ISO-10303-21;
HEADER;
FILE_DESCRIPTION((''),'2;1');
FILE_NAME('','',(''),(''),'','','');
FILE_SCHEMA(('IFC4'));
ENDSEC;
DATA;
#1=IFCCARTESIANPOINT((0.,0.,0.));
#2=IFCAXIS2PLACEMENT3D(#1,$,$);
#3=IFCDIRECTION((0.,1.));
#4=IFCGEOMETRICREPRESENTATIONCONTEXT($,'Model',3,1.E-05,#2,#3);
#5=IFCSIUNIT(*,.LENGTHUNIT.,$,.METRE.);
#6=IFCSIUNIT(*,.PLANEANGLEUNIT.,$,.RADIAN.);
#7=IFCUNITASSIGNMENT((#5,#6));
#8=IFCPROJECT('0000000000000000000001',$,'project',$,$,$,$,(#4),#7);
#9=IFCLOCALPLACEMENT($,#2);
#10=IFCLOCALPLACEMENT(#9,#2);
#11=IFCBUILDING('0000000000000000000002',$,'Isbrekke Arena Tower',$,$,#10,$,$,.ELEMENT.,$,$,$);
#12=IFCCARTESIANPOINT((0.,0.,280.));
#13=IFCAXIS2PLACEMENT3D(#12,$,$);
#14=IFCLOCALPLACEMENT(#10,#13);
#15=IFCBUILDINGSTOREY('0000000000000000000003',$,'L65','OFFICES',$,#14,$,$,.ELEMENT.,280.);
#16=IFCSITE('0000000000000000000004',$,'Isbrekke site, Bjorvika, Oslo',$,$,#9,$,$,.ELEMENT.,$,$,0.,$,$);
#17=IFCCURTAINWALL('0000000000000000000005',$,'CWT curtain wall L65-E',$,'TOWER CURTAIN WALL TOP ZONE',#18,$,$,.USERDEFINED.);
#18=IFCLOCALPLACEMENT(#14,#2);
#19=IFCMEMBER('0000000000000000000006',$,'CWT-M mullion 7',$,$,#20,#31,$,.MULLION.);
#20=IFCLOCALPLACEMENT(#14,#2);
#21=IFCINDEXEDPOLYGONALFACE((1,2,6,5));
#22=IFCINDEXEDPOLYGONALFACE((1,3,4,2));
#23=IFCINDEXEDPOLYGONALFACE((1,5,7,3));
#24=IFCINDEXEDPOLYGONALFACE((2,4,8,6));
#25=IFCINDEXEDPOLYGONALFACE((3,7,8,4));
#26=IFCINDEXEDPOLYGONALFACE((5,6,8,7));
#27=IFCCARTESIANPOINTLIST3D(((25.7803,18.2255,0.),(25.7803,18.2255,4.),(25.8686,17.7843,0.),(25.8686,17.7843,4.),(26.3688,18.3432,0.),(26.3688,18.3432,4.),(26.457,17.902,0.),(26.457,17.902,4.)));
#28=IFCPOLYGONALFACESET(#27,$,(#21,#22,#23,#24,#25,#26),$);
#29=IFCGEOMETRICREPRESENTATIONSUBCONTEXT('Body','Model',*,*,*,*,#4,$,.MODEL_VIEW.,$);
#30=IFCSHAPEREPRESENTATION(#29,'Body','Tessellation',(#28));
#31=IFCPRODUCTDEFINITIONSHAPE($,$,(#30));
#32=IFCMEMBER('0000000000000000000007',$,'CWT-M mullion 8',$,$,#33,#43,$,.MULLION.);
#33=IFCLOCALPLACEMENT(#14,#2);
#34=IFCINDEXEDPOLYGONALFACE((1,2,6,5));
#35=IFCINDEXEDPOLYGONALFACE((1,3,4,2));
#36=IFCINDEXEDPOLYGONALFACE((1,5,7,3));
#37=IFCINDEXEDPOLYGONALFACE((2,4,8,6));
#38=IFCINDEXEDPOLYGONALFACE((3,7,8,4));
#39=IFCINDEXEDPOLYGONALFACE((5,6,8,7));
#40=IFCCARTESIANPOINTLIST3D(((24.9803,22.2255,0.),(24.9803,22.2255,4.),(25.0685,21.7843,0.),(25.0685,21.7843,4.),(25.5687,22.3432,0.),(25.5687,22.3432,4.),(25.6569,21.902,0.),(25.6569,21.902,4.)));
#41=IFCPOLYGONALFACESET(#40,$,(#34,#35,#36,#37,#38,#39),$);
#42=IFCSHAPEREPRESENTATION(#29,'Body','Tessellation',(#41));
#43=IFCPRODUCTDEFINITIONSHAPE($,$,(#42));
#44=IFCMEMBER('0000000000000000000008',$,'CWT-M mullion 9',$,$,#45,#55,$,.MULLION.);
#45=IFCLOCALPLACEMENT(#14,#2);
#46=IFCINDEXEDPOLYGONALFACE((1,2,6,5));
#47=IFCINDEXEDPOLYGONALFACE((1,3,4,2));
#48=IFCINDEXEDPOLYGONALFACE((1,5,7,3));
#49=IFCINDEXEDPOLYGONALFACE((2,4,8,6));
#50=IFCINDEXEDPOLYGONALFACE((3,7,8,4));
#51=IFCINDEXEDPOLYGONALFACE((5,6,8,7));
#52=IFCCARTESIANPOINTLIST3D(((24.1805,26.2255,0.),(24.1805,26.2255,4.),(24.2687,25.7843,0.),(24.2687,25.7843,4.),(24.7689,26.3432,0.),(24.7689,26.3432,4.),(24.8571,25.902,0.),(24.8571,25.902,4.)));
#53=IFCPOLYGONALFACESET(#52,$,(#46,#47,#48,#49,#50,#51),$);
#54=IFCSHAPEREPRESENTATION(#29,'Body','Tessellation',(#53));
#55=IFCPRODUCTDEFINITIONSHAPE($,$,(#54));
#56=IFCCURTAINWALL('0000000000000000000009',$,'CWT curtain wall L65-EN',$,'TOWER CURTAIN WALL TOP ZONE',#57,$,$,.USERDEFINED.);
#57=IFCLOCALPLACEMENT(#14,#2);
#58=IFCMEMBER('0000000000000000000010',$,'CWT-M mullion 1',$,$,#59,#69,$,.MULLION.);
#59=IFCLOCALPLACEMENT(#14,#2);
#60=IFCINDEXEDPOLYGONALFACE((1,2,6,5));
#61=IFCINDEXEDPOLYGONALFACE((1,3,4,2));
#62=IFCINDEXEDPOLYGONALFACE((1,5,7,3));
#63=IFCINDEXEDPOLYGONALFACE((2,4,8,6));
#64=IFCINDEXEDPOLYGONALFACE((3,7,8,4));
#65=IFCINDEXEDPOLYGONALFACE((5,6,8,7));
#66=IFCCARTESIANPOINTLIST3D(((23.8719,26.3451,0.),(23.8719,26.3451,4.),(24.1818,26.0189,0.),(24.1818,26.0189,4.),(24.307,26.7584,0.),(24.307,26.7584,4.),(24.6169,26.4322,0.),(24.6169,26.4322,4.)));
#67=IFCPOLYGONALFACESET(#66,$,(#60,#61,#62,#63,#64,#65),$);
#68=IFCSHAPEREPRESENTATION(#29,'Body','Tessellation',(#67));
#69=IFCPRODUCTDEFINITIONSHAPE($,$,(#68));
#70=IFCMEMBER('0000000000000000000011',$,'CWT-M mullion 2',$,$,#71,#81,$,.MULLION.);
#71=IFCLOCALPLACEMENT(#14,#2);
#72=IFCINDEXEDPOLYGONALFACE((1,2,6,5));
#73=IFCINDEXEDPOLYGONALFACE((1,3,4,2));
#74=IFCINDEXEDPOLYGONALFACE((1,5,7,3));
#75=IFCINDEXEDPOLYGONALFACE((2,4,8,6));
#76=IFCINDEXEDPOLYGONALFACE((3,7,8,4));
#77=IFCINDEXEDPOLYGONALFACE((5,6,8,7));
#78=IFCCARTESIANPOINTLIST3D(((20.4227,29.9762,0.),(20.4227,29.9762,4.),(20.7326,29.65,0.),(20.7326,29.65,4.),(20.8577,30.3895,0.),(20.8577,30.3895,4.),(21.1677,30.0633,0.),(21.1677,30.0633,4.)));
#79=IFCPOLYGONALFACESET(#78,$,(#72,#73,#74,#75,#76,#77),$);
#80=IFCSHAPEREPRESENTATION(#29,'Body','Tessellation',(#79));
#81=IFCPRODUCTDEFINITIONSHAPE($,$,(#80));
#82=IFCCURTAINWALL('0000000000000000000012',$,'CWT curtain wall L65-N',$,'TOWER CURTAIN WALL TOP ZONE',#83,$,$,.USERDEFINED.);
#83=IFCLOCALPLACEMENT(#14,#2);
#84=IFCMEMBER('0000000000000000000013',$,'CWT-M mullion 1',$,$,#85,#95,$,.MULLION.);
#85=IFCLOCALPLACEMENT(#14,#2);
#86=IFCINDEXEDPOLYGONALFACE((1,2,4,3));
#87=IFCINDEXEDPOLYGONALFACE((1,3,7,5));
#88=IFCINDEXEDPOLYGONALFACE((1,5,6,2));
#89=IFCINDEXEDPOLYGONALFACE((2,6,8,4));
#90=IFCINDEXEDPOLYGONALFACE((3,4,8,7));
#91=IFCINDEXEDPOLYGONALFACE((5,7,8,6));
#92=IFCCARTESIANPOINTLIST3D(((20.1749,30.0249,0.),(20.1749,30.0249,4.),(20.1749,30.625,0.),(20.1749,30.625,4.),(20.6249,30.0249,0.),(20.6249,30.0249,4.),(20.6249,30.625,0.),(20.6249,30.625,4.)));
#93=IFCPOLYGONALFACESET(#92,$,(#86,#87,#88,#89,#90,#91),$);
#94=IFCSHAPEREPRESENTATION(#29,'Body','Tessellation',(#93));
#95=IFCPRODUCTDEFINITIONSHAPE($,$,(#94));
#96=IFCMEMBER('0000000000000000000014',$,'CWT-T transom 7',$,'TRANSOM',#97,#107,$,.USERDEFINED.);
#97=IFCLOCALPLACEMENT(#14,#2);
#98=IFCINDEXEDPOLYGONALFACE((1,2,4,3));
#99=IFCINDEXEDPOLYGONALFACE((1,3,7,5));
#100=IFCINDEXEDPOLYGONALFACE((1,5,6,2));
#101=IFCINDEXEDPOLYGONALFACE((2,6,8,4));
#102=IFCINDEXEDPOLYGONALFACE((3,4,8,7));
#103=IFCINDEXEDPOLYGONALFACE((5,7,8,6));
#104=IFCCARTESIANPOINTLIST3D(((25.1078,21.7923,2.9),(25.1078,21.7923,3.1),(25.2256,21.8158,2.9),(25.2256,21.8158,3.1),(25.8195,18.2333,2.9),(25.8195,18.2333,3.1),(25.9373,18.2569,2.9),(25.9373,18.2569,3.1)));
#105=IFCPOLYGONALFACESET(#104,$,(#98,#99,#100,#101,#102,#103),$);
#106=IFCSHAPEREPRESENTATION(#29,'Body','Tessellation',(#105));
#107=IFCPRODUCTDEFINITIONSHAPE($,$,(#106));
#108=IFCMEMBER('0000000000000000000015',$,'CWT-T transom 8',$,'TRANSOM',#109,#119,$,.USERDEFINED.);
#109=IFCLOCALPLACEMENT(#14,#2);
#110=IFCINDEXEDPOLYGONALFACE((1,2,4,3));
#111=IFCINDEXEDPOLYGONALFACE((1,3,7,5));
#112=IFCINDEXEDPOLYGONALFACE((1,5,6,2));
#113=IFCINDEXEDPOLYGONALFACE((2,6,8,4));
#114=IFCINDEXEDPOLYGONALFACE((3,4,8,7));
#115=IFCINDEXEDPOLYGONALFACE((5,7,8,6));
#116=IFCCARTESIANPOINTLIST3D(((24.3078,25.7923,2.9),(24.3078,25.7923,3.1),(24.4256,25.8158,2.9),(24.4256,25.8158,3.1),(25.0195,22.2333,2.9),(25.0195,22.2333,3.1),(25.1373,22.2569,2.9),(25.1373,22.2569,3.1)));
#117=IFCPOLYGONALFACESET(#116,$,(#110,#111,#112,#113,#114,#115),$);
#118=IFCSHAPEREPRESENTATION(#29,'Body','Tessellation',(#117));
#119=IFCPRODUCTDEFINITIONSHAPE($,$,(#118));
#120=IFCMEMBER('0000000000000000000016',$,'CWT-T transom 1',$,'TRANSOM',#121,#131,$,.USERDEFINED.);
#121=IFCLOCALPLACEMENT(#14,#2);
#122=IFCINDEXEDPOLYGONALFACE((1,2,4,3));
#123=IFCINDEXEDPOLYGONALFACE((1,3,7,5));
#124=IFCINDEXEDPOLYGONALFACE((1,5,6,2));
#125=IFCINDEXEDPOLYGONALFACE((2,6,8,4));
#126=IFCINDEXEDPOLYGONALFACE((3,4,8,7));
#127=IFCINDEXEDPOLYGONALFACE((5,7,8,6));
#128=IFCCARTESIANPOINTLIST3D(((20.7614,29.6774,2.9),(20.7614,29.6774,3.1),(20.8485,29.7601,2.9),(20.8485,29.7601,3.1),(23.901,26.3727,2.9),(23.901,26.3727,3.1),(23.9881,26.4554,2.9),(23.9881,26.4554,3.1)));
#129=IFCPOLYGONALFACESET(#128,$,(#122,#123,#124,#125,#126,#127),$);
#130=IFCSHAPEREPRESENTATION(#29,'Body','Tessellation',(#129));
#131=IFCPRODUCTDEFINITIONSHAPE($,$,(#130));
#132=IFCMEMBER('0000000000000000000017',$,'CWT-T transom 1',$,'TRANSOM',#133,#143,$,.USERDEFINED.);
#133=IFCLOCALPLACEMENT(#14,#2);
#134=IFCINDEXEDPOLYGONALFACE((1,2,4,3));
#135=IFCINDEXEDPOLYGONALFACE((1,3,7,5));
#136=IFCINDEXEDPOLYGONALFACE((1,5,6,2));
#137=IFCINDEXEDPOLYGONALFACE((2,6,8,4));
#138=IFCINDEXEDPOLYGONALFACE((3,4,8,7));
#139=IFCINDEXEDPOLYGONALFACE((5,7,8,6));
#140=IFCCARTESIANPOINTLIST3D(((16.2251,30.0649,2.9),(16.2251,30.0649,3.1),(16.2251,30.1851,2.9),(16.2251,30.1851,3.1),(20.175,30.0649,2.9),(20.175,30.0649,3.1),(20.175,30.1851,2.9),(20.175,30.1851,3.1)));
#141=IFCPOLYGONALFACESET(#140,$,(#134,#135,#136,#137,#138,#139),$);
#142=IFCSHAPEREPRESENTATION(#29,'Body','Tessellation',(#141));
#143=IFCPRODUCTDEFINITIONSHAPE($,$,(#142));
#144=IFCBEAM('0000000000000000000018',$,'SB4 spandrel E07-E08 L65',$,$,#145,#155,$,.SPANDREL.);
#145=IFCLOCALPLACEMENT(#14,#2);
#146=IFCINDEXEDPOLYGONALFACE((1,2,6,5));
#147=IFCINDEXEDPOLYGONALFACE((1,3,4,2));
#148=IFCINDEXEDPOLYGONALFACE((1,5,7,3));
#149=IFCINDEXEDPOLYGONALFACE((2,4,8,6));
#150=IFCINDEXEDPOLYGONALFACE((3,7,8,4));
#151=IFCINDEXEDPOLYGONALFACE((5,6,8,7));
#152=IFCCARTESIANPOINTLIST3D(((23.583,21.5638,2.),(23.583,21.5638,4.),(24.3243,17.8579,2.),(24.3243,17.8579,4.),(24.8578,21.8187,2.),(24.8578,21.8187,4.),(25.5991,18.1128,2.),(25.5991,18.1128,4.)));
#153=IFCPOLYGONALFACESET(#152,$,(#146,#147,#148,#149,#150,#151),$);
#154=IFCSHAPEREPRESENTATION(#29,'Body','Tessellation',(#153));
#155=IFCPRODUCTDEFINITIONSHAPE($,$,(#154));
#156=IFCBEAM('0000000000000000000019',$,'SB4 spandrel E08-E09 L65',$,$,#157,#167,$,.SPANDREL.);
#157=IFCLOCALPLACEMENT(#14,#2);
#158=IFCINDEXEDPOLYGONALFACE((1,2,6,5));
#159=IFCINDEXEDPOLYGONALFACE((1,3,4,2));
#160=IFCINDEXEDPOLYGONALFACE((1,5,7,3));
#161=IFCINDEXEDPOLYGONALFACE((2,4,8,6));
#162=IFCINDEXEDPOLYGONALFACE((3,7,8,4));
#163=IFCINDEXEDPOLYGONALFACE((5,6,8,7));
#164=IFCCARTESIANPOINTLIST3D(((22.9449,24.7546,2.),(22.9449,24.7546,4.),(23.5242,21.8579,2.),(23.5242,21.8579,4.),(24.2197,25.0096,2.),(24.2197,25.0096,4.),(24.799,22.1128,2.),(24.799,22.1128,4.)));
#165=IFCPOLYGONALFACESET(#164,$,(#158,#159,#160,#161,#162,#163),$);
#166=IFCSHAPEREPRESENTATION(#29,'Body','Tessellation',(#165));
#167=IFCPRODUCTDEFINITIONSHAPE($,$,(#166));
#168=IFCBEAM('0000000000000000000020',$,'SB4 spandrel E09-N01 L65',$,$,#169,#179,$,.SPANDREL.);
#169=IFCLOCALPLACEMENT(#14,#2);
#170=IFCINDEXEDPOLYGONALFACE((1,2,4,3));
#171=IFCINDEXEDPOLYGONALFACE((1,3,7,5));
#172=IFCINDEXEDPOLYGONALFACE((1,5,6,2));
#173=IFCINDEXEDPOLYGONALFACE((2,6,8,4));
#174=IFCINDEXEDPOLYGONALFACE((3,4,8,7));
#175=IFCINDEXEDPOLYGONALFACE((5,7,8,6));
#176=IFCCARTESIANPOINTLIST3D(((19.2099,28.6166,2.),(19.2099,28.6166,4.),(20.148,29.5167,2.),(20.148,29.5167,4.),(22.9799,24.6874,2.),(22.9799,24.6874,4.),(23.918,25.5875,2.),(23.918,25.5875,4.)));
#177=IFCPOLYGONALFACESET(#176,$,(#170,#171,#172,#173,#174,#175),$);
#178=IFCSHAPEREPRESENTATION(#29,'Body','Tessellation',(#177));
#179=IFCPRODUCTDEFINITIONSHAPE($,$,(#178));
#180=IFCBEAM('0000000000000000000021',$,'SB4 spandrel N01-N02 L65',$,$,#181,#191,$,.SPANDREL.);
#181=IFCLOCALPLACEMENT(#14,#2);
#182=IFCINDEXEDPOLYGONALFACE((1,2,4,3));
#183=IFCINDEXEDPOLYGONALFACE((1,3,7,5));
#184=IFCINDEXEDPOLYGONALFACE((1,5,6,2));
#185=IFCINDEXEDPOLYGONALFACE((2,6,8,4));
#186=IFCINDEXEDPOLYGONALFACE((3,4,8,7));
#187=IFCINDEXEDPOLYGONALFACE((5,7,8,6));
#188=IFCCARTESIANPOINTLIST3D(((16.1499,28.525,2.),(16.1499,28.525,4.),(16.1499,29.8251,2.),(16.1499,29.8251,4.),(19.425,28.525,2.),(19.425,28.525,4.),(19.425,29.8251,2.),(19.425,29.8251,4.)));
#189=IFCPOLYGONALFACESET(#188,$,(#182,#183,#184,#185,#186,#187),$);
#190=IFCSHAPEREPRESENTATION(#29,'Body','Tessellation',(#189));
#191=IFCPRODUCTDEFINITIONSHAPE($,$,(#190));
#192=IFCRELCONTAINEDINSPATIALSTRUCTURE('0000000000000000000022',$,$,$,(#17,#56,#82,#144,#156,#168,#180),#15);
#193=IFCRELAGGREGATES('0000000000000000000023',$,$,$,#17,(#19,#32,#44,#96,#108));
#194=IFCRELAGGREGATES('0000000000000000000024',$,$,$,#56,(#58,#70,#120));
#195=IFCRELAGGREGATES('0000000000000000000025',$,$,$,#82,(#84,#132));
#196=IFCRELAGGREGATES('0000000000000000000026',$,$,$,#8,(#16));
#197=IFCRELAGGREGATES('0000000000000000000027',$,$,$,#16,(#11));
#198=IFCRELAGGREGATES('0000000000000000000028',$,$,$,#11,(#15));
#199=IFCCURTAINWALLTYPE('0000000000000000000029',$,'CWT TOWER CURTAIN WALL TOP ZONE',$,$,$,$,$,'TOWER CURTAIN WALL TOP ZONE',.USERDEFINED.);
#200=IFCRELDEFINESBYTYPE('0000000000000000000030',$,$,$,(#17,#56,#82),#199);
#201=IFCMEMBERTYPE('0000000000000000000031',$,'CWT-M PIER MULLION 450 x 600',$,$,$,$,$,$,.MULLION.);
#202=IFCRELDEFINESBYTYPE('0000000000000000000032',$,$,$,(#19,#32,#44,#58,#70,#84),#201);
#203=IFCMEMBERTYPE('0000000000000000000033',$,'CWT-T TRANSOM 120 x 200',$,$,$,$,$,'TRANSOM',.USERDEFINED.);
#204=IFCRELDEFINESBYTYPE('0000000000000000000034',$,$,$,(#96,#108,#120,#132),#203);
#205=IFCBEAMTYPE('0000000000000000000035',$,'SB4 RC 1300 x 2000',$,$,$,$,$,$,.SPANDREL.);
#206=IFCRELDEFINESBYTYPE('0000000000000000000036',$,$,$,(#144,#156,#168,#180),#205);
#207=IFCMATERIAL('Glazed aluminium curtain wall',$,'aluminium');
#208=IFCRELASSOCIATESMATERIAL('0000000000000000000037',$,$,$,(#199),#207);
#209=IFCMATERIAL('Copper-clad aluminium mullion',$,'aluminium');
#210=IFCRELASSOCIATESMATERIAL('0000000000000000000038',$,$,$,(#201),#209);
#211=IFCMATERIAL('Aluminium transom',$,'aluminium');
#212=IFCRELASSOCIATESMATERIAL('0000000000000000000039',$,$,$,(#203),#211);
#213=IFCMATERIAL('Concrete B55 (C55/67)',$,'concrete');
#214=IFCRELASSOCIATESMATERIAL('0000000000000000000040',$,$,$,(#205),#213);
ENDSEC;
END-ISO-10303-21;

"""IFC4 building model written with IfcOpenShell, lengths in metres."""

from ifc_helpers import new_model, si_unit, direction, frame, origin, origin_2d, place, context, subcontext, project, spatial, rectangle, extrude, material, material_profile, profile_set, type_object, element, aggregate, save


model = new_model("IFC4")

# Units and contexts
model_context = context("Model", 3, precision=1e-05, world=origin(), true_north=direction((0.0, 1.0)))
body_context = subcontext(model_context, "Body", "Model", "MODEL_VIEW")
ifc_project = project(units=[si_unit("LENGTHUNIT", "METRE"), si_unit("PLANEANGLEUNIT", "RADIAN")], contexts=[model_context])

# Site, building, storey
site_placement = place(None, origin())
site = spatial("IfcSite", under=ifc_project, at=site_placement, Name="Isbrekke site, Bjorvika, Oslo", CompositionType="ELEMENT", RefElevation=0.0)
building_placement = place(site_placement, origin())
building = spatial("IfcBuilding", under=site, at=building_placement, Name="Isbrekke Arena Tower", CompositionType="ELEMENT")
storey_placement = place(building_placement, frame((0.0, 0.0, 280.0)))
storey = spatial("IfcBuildingStorey", under=building, at=storey_placement, Name="L65", Description="OFFICES", CompositionType="ELEMENT", Elevation=280.0)

# Curtain walls, members
ifc_material_1 = material(Name="Glazed aluminium curtain wall", Category="aluminium")
curtain_wall_type = type_object("IfcCurtainWallType", Name="CWT TOWER CURTAIN WALL TOP ZONE", ElementType="TOWER CURTAIN WALL TOP ZONE", PredefinedType="USERDEFINED", material=ifc_material_1)
curtain_wall_1_placement = place(storey_placement, origin())
curtain_wall_1 = element("IfcCurtainWall", 1, at=curtain_wall_1_placement, inside=storey, type_object=curtain_wall_type, Name="CWT curtain wall L65-E", ObjectType="TOWER CURTAIN WALL TOP ZONE", PredefinedType="USERDEFINED")
ifc_material_2 = material(Name="Copper-clad aluminium mullion", Category="aluminium")
ifc_material_profile_1 = material_profile(ifc_material_2, rectangle(XDim=0.45, YDim=0.6001, at=origin_2d()), Name="PIER 450X600")
ifc_profile_set_1 = profile_set([ifc_material_profile_1], Name="Copper-clad aluminium mullion")
member_type_1 = type_object("IfcMemberType", Name="CWT-M PIER MULLION 450 x 600", PredefinedType="MULLION", material=ifc_profile_set_1)
member_1_placement = place(storey_placement, frame((26.1187, 18.0637, 0.0), z_axis=(0.0, 0.0, 1.0), x_axis=(-0.196116, 0.980581, 0.0)))
member_1 = element("IfcMember", 2, at=member_1_placement, type_object=member_type_1, Name="CWT-M mullion 7", PredefinedType="MULLION", context=body_context, shape_type="SweptSolid", body=[
    extrude(rectangle(XDim=0.45, YDim=0.6001, at=origin_2d()), origin(), (0.0, 0.0, 1.0), 4.0),
])
member_2_placement = place(storey_placement, frame((25.3186, 22.0637, 0.0), z_axis=(0.0, 0.0, 1.0), x_axis=(-0.196116, 0.980581, 0.0)))
member_2 = element("IfcMember", 3, at=member_2_placement, type_object=member_type_1, Name="CWT-M mullion 8", PredefinedType="MULLION", context=body_context, shape_type="SweptSolid", body=[
    extrude(rectangle(XDim=0.45, YDim=0.6001, at=origin_2d()), origin(), (0.0, 0.0, 1.0), 4.0),
])
member_3_placement = place(storey_placement, frame((24.5188, 26.0637, 0.0), z_axis=(0.0, 0.0, 1.0), x_axis=(-0.196116, 0.980581, 0.0)))
member_3 = element("IfcMember", 4, at=member_3_placement, type_object=member_type_1, Name="CWT-M mullion 9", PredefinedType="MULLION", context=body_context, shape_type="SweptSolid", body=[
    extrude(rectangle(XDim=0.45, YDim=0.6001, at=origin_2d()), origin(), (0.0, 0.0, 1.0), 4.0),
])
curtain_wall_2_placement = place(storey_placement, origin())
curtain_wall_2 = element("IfcCurtainWall", 5, at=curtain_wall_2_placement, inside=storey, type_object=curtain_wall_type, Name="CWT curtain wall L65-EN", ObjectType="TOWER CURTAIN WALL TOP ZONE", PredefinedType="USERDEFINED")
member_4_placement = place(storey_placement, frame((24.2444, 26.3887, 0.0), z_axis=(0.0, 0.0, 1.0), x_axis=(-0.688749, 0.724999, 0.0)))
member_4 = element("IfcMember", 6, at=member_4_placement, type_object=member_type_1, Name="CWT-M mullion 1", PredefinedType="MULLION", context=body_context, shape_type="SweptSolid", body=[
    extrude(rectangle(XDim=0.45, YDim=0.6001, at=origin_2d()), origin(), (0.0, 0.0, 1.0), 4.0),
])
member_5_placement = place(storey_placement, frame((20.7952, 30.0198, 0.0), z_axis=(0.0, 0.0, 1.0), x_axis=(-0.688749, 0.724999, 0.0)))
member_5 = element("IfcMember", 7, at=member_5_placement, type_object=member_type_1, Name="CWT-M mullion 2", PredefinedType="MULLION", context=body_context, shape_type="SweptSolid", body=[
    extrude(rectangle(XDim=0.45, YDim=0.6001, at=origin_2d()), origin(), (0.0, 0.0, 1.0), 4.0),
])

# Curtain wall, member
curtain_wall_3_placement = place(storey_placement, origin())
curtain_wall_3 = element("IfcCurtainWall", 8, at=curtain_wall_3_placement, inside=storey, type_object=curtain_wall_type, Name="CWT curtain wall L65-N", ObjectType="TOWER CURTAIN WALL TOP ZONE", PredefinedType="USERDEFINED")
member_6_placement = place(storey_placement, frame((20.3999, 30.325, 0.0), z_axis=(0.0, 0.0, 1.0), x_axis=(-1.0, 0.0, 0.0)))
member_6 = element("IfcMember", 9, at=member_6_placement, type_object=member_type_1, Name="CWT-M mullion 1", PredefinedType="MULLION", context=body_context, shape_type="SweptSolid", body=[
    extrude(rectangle(XDim=0.45, YDim=0.6001, at=origin_2d()), origin(), (0.0, 0.0, 1.0), 4.0),
])

# Members
ifc_material_3 = material(Name="Aluminium transom", Category="aluminium")
ifc_material_profile_2 = material_profile(ifc_material_3, rectangle(XDim=0.1201, YDim=0.2, at=origin_2d()), Name="TRANSOM 120X200")
ifc_profile_set_2 = profile_set([ifc_material_profile_2], Name="Aluminium transom")
member_type_2 = type_object("IfcMemberType", Name="CWT-T TRANSOM 120 x 200", ElementType="TRANSOM", PredefinedType="USERDEFINED", material=ifc_profile_set_2)
member_7_placement = place(storey_placement, frame((25.8784, 18.2451, 3.0), z_axis=(-0.19609, 0.980586, 0.0), x_axis=(-0.980586, -0.19609, 0.0)))
member_7 = element("IfcMember", 10, at=member_7_placement, type_object=member_type_2, Name="CWT-T transom 7", ObjectType="TRANSOM", PredefinedType="USERDEFINED", context=body_context, shape_type="SweptSolid", body=[
    extrude(rectangle(XDim=0.1201, YDim=0.2, at=origin_2d()), origin(), (0.0, 0.0, 1.0), 3.6294),
])
member_8_placement = place(storey_placement, frame((25.0784, 22.2451, 3.0), z_axis=(-0.19609, 0.980586, 0.0), x_axis=(-0.980586, -0.19609, 0.0)))
member_8 = element("IfcMember", 11, at=member_8_placement, type_object=member_type_2, Name="CWT-T transom 8", ObjectType="TRANSOM", PredefinedType="USERDEFINED", context=body_context, shape_type="SweptSolid", body=[
    extrude(rectangle(XDim=0.1201, YDim=0.2, at=origin_2d()), origin(), (0.0, 0.0, 1.0), 3.6294),
])
member_9_placement = place(storey_placement, frame((23.9446, 26.4141, 3.0), z_axis=(-0.688772, 0.724978, 0.0), x_axis=(-0.724978, -0.688772, 0.0)))
member_9 = element("IfcMember", 12, at=member_9_placement, type_object=member_type_2, Name="CWT-T transom 1", ObjectType="TRANSOM", PredefinedType="USERDEFINED", context=body_context, shape_type="SweptSolid", body=[
    extrude(rectangle(XDim=0.1201, YDim=0.2, at=origin_2d()), origin(), (0.0, 0.0, 1.0), 4.5583),
])
member_10_placement = place(storey_placement, frame((20.175, 30.125, 3.0), z_axis=(-1.0, 0.0, 0.0), x_axis=(0.0, -1.0, 0.0)))
member_10 = element("IfcMember", 13, at=member_10_placement, type_object=member_type_2, Name="CWT-T transom 1", ObjectType="TRANSOM", PredefinedType="USERDEFINED", context=body_context, shape_type="SweptSolid", body=[
    extrude(rectangle(XDim=0.1201, YDim=0.2, at=origin_2d()), origin(), (0.0, 0.0, 1.0), 3.95),
])

# Beams
ifc_material_4 = material(Name="Concrete B55 (C55/67)", Category="concrete")
ifc_material_profile_3 = material_profile(ifc_material_4, rectangle(XDim=1.3, YDim=2.0, at=origin_2d()), Name="RC 1300x2000")
ifc_profile_set_3 = profile_set([ifc_material_profile_3], Name="Concrete B55 (C55/67)")
beam_type_1 = type_object("IfcBeamType", Name="SB4 RC 1300 x 2000", PredefinedType="SPANDREL", material=ifc_profile_set_3)
beam_1_placement = place(storey_placement, frame((24.9617, 17.9854, 3.0), z_axis=(-0.196129, 0.980578, 0.0), x_axis=(-0.980578, -0.196129, 0.0)))
element("IfcBeam", 14, at=beam_1_placement, inside=storey, type_object=beam_type_1, Name="SB4 spandrel E07-E08 L65", PredefinedType="SPANDREL", context=body_context, shape_type="SweptSolid", body=[
    extrude(rectangle(XDim=1.3, YDim=2.0, at=origin_2d()), origin(), (0.0, 0.0, 1.0), 3.7793),
])
beam_2_placement = place(storey_placement, frame((24.1616, 21.9854, 3.0), z_axis=(-0.196116, 0.980581, 0.0), x_axis=(-0.980581, -0.196116, 0.0)))
element("IfcBeam", 15, at=beam_2_placement, inside=storey, type_object=beam_type_1, Name="SB4 spandrel E08-E09 L65", PredefinedType="SPANDREL", context=body_context, shape_type="SweptSolid", body=[
    extrude(rectangle(XDim=1.3, YDim=2.0, at=origin_2d()), origin(), (0.0, 0.0, 1.0), 2.9541),
])
beam_3_placement = place(storey_placement, frame((23.449, 25.1375, 3.0), z_axis=(-0.69234, 0.721572, 0.0), x_axis=(-0.721572, -0.69234, 0.0)))
element("IfcBeam", 16, at=beam_3_placement, inside=storey, type_object=beam_type_1, Name="SB4 spandrel E09-N01 L65", PredefinedType="SPANDREL", context=body_context, shape_type="SweptSolid", body=[
    extrude(rectangle(XDim=1.3, YDim=2.0, at=origin_2d()), origin(), (0.0, 0.0, 1.0), 5.4453),
])
beam_4_placement = place(storey_placement, frame((19.425, 29.175, 3.0), z_axis=(-1.0, 0.0, 0.0), x_axis=(0.0, -1.0, 0.0)))
element("IfcBeam", 17, at=beam_4_placement, inside=storey, type_object=beam_type_1, Name="SB4 spandrel N01-N02 L65", PredefinedType="SPANDREL", context=body_context, shape_type="SweptSolid", body=[
    extrude(rectangle(XDim=1.3, YDim=2.0, at=origin_2d()), origin(), (0.0, 0.0, 1.0), 3.2751),
])

aggregate(curtain_wall_1, [member_1, member_2, member_3, member_7, member_8])
aggregate(curtain_wall_2, [member_4, member_5, member_9])
aggregate(curtain_wall_3, [member_6, member_10])

save(model, "model.ifc")
